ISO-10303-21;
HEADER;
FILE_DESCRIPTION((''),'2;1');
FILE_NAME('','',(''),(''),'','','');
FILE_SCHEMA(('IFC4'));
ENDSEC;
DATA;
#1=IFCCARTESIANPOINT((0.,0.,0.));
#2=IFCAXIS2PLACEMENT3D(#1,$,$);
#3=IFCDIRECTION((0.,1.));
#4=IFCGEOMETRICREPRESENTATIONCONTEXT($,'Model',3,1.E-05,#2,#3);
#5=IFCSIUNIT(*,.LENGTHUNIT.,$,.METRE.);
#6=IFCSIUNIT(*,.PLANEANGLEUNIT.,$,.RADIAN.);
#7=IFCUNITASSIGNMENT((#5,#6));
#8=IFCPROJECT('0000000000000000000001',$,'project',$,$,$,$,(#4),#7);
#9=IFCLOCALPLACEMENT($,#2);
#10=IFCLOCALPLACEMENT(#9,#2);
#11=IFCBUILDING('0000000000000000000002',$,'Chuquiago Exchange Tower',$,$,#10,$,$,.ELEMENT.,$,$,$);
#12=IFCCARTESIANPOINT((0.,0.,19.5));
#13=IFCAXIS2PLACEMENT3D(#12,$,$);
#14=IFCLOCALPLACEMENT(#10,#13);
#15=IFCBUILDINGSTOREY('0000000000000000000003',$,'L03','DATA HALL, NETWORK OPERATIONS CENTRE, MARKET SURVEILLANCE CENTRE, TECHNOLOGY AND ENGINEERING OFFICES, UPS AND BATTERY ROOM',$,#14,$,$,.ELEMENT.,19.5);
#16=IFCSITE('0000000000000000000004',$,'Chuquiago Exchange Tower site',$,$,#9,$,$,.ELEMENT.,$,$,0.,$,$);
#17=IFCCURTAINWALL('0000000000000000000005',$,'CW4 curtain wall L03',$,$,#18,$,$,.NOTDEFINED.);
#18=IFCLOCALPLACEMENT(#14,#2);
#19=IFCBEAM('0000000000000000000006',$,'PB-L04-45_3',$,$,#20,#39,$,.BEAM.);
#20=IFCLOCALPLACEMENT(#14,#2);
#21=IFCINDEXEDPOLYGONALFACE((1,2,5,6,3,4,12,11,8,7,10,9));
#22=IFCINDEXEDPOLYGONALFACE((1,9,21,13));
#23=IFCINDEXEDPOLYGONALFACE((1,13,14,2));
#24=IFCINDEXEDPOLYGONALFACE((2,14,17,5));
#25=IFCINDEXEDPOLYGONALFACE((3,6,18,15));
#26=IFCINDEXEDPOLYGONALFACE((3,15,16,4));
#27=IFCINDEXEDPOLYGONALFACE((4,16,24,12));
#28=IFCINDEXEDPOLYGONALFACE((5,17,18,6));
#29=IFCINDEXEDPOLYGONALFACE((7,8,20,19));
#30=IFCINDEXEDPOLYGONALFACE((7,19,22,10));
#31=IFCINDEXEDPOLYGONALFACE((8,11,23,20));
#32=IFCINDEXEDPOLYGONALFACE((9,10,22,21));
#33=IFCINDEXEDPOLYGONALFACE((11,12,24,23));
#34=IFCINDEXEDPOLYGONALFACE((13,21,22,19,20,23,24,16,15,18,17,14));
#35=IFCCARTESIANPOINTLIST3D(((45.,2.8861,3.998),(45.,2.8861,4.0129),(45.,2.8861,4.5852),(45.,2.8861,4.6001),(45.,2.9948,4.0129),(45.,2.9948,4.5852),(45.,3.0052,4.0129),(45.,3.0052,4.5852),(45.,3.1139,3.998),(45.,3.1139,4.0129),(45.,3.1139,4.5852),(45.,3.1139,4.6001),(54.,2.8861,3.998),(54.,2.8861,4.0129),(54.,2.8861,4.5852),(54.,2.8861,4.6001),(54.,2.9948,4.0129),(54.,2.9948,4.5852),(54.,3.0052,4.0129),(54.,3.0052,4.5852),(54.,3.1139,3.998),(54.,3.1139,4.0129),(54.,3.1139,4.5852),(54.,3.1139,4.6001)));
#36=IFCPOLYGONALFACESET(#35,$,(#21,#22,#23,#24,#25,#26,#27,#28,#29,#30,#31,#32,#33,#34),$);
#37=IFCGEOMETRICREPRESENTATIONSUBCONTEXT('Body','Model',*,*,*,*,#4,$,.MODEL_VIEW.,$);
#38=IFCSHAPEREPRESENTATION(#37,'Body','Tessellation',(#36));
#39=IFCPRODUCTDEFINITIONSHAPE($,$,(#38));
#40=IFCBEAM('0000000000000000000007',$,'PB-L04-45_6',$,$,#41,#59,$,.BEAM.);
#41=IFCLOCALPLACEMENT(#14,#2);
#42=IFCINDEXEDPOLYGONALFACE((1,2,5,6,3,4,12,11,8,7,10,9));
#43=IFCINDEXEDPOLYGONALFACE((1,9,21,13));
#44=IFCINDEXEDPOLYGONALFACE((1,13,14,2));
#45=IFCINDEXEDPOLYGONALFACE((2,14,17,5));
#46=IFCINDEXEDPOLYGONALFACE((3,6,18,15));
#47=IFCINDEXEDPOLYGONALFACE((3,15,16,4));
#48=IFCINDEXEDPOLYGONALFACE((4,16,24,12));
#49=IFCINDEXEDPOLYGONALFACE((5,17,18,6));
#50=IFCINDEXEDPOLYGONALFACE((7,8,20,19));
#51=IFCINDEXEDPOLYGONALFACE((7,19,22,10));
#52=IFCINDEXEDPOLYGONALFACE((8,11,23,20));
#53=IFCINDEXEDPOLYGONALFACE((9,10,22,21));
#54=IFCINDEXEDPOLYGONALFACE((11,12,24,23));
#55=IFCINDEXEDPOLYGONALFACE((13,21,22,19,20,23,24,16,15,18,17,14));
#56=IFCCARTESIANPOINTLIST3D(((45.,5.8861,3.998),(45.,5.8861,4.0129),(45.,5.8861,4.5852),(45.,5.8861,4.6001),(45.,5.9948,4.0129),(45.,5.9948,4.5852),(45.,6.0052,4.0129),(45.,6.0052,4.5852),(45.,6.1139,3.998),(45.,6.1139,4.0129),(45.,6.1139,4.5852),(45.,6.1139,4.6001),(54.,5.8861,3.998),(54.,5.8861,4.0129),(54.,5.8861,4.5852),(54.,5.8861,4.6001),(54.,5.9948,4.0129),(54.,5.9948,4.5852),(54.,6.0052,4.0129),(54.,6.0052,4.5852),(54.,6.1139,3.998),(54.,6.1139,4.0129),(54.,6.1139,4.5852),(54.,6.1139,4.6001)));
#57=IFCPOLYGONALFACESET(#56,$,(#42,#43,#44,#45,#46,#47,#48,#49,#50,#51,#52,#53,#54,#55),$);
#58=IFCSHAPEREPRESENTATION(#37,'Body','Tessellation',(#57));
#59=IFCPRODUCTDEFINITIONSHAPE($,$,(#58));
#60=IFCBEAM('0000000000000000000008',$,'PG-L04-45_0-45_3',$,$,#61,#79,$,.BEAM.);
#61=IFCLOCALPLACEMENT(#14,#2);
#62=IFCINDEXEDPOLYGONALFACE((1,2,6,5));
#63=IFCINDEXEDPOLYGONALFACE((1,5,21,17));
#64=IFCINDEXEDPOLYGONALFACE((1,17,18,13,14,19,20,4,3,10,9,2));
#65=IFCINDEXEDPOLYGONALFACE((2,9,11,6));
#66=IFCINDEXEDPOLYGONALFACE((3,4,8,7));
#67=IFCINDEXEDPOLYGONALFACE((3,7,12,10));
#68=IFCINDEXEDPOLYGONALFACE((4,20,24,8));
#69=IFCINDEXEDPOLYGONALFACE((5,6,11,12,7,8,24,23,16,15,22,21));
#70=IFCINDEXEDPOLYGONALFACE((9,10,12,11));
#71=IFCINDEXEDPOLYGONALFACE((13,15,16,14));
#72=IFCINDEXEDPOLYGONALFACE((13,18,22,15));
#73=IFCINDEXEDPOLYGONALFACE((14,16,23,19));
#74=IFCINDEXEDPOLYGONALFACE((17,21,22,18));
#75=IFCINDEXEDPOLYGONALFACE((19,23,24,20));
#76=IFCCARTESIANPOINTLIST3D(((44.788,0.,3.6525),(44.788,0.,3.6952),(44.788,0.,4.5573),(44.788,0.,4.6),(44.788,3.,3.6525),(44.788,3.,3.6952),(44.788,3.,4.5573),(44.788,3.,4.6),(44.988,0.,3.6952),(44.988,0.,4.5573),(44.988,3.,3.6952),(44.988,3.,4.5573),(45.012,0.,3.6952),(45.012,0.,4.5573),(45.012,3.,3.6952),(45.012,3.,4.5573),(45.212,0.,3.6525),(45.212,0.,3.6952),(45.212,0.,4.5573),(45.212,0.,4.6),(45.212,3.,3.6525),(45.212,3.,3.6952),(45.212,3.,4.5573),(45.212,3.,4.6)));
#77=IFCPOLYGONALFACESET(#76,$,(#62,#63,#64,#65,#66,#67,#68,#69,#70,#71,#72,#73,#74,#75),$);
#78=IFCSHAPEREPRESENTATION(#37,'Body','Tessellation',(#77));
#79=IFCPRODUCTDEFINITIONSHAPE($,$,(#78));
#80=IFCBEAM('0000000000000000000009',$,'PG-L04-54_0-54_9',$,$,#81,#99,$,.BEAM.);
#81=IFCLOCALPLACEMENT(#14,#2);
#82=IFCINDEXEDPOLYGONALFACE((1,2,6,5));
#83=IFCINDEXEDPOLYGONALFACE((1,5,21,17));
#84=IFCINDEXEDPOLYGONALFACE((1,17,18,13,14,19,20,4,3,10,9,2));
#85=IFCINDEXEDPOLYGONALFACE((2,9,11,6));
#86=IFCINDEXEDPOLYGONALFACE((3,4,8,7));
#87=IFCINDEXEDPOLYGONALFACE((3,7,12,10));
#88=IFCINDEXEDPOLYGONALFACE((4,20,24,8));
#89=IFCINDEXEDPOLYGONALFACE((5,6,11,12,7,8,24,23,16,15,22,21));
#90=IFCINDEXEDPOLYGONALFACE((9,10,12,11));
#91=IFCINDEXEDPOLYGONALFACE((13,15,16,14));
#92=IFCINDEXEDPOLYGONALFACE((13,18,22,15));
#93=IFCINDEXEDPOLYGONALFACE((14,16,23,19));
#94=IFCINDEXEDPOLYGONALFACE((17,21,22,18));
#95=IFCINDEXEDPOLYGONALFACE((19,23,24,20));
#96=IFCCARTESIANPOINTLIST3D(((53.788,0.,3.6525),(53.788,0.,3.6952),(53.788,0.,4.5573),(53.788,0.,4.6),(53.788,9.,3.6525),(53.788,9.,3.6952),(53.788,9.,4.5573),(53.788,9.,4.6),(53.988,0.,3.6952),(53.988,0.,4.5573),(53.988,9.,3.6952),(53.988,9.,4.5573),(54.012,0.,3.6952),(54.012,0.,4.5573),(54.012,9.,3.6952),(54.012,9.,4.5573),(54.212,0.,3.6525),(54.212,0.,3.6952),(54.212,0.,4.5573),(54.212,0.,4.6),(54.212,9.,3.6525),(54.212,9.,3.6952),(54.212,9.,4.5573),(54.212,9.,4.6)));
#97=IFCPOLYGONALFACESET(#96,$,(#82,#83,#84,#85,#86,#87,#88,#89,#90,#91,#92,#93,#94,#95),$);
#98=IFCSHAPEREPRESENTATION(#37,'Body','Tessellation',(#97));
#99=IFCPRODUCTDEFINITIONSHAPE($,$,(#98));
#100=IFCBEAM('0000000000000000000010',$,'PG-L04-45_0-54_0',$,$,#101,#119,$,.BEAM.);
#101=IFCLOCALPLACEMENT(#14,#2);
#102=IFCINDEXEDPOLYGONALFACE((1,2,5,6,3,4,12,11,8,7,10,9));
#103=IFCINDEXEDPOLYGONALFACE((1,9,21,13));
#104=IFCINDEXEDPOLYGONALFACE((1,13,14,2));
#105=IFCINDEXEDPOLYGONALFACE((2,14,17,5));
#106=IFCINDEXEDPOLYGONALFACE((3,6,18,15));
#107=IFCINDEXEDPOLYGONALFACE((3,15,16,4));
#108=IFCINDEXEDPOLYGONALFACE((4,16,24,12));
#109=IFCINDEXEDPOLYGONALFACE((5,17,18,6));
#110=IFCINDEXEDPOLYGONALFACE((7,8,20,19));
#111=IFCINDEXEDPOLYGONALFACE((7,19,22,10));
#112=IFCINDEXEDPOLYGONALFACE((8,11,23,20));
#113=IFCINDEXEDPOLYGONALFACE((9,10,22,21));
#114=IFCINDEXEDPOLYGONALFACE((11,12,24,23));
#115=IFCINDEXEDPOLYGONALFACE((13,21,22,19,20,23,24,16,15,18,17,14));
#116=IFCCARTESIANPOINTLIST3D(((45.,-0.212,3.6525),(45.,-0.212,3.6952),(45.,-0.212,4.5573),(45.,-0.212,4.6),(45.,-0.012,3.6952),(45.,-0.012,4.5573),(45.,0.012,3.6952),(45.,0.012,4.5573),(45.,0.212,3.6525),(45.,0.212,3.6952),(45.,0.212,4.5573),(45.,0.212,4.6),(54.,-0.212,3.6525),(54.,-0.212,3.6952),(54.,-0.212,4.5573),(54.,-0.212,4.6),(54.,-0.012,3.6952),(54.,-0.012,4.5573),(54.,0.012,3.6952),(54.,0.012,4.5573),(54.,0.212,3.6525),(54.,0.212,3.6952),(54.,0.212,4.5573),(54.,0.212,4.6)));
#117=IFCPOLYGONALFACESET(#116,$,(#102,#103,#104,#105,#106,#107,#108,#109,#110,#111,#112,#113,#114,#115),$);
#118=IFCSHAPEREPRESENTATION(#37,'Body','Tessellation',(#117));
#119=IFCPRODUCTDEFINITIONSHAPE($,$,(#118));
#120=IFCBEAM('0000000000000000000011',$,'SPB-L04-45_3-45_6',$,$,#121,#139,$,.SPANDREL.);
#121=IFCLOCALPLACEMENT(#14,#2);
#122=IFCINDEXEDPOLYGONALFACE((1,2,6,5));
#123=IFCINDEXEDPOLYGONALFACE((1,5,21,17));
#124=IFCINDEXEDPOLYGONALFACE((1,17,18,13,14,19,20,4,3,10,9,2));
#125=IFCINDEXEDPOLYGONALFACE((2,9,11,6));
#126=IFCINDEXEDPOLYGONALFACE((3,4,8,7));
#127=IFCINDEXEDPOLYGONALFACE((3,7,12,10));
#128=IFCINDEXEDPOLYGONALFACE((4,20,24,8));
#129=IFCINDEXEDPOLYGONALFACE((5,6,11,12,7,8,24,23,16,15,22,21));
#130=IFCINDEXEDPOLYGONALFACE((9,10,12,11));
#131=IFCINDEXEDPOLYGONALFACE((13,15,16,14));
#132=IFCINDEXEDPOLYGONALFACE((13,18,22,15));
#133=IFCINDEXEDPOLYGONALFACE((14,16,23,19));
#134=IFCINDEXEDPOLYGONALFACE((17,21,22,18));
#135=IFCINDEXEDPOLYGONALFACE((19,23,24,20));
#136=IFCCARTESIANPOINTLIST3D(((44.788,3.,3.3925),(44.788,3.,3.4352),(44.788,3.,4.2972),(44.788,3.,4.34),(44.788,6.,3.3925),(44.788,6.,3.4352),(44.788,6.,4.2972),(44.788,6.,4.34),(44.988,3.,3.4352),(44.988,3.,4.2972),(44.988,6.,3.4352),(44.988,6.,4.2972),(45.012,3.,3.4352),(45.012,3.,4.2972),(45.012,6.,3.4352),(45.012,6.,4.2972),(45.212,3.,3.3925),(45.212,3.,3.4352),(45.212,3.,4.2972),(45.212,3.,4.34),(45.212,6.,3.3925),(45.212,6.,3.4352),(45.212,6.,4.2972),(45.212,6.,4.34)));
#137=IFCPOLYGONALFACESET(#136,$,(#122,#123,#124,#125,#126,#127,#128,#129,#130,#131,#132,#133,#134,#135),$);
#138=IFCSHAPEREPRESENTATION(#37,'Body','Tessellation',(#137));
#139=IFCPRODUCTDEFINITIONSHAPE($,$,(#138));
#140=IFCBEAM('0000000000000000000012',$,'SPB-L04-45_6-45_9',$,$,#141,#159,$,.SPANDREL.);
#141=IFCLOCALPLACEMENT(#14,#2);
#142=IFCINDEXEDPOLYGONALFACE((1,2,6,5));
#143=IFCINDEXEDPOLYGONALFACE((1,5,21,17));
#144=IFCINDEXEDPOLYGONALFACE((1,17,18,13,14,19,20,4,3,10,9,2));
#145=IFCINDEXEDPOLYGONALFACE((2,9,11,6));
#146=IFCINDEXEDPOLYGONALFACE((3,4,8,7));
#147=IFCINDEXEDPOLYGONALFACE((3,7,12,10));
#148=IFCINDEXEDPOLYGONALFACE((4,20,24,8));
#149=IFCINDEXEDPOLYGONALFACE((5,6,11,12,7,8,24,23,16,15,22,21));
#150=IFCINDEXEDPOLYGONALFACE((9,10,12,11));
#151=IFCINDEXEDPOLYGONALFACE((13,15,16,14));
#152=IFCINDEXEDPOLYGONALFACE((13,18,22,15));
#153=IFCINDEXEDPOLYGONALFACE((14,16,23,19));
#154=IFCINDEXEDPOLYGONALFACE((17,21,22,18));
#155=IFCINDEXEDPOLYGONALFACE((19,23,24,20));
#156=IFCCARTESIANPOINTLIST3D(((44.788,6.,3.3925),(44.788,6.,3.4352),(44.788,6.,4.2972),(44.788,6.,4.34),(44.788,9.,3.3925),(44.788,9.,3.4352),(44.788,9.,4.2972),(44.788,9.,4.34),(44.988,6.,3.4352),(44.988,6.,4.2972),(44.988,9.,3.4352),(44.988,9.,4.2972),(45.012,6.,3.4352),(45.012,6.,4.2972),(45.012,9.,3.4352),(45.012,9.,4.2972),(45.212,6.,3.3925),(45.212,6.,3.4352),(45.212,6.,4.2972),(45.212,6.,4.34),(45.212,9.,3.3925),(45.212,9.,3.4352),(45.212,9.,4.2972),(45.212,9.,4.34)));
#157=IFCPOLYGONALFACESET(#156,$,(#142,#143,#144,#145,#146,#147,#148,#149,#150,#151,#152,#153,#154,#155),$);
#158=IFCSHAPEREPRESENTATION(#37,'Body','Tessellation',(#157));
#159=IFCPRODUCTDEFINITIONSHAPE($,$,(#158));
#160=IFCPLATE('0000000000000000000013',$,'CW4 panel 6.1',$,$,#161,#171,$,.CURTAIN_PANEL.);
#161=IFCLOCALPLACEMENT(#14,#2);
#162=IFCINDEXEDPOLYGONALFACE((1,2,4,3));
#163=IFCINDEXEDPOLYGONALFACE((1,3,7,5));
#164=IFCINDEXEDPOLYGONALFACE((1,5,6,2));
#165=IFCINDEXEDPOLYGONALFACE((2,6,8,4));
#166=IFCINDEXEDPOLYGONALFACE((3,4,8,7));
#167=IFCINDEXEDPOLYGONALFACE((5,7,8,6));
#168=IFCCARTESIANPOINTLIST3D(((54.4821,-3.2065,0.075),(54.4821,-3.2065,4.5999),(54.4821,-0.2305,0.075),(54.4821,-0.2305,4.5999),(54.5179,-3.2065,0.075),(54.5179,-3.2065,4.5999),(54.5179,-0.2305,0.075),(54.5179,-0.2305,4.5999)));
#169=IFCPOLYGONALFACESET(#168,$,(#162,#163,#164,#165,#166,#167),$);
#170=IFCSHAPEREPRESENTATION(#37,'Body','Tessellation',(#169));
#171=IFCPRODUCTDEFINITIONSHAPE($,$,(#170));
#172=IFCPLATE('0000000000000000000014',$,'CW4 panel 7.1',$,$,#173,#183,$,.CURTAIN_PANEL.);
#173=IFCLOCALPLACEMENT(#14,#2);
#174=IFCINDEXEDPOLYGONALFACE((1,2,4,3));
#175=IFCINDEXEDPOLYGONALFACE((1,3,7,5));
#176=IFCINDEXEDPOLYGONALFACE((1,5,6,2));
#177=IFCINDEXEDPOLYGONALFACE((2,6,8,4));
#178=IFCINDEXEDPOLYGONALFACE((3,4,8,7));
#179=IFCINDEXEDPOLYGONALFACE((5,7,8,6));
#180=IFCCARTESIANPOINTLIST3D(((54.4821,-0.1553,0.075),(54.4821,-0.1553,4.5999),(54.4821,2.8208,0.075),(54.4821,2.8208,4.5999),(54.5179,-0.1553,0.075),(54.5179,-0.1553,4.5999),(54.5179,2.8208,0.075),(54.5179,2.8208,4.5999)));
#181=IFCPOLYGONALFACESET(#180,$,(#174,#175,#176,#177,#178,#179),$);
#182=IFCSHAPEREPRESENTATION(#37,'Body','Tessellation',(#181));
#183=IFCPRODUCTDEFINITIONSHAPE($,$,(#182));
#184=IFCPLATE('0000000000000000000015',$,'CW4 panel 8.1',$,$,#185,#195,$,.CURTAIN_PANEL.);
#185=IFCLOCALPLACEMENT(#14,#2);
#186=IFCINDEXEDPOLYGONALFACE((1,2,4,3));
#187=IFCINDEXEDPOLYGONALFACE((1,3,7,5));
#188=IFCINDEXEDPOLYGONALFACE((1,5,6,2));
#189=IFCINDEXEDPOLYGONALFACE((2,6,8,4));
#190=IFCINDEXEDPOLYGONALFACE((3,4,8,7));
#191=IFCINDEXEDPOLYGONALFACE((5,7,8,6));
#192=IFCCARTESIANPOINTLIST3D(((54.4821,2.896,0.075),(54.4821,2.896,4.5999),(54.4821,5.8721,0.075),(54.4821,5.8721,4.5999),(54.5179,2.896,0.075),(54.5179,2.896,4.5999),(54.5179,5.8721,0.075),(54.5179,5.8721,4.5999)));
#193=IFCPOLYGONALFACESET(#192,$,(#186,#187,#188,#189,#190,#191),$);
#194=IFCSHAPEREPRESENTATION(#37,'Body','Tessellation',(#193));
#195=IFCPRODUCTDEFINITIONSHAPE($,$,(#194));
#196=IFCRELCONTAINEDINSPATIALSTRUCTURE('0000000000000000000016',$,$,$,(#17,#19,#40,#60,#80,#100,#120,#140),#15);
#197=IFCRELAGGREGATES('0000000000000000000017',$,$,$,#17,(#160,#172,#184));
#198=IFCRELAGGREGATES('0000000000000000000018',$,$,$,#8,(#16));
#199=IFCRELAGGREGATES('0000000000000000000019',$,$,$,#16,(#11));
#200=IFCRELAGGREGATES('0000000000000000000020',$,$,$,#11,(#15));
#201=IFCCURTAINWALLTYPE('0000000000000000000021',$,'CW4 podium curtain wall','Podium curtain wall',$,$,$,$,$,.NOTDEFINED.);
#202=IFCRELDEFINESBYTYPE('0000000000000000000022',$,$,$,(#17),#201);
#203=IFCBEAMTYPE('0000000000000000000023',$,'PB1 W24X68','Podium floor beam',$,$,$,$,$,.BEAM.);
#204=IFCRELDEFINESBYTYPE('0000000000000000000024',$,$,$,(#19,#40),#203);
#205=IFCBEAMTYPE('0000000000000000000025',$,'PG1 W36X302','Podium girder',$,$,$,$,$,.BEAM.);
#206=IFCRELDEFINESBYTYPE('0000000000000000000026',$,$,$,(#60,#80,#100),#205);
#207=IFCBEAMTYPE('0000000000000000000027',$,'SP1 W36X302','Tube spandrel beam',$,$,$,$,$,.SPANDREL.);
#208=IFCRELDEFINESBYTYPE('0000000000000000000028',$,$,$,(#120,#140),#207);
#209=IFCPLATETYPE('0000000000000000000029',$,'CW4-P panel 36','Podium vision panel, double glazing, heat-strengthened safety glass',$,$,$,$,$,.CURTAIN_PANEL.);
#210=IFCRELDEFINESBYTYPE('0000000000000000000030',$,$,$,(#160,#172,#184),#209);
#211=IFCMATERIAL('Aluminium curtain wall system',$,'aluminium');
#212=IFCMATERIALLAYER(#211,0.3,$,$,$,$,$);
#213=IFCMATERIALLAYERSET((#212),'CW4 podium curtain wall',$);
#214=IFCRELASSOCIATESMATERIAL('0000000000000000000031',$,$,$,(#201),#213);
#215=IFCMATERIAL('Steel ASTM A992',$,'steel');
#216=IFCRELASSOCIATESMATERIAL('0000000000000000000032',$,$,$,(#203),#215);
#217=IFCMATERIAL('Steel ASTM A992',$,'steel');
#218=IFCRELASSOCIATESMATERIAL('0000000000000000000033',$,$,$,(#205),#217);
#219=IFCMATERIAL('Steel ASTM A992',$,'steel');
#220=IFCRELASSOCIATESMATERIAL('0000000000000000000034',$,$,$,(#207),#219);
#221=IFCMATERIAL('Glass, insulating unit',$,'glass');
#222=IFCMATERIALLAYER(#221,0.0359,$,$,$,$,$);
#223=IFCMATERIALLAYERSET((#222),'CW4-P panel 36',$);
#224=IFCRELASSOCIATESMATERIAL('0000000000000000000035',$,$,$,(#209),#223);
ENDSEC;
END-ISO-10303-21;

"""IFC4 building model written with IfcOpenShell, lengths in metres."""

from ifc_helpers import new_model, si_unit, direction, frame, origin, origin_2d, place, context, subcontext, project, spatial, rectangle, i_section, extrude, material, layer, layer_set, material_profile, profile_set, type_object, element, aggregate, save


model = new_model("IFC4")

# Units and contexts
model_context = context("Model", 3, precision=1e-05, world=origin(), true_north=direction((0.0, 1.0)))
body_context = subcontext(model_context, "Body", "Model", "MODEL_VIEW")
ifc_project = project(units=[si_unit("LENGTHUNIT", "METRE"), si_unit("PLANEANGLEUNIT", "RADIAN")], contexts=[model_context])

# Site, building, storey
site_placement = place(None, origin())
site = spatial("IfcSite", under=ifc_project, at=site_placement, Name="Chuquiago Exchange Tower site", CompositionType="ELEMENT", RefElevation=0.0)
building_placement = place(site_placement, origin())
building = spatial("IfcBuilding", under=site, at=building_placement, Name="Chuquiago Exchange Tower", CompositionType="ELEMENT")
storey_placement = place(building_placement, frame((0.0, 0.0, 19.5)))
storey = spatial("IfcBuildingStorey", under=building, at=storey_placement, Name="L03", Description="DATA HALL, NETWORK OPERATIONS CENTRE, MARKET SURVEILLANCE CENTRE, TECHNOLOGY AND ENGINEERING OFFICES, UPS AND BATTERY ROOM", CompositionType="ELEMENT", Elevation=19.5)

# Curtain wall
ifc_material_1 = material(Name="Aluminium curtain wall system", Category="aluminium")
ifc_layer_1 = layer(ifc_material_1, 0.3)
ifc_layer_set_1 = layer_set([ifc_layer_1], Name="CW4 podium curtain wall")
curtain_wall_type = type_object("IfcCurtainWallType", Name="CW4 podium curtain wall", Description="Podium curtain wall", PredefinedType="NOTDEFINED", material=ifc_layer_set_1)
curtain_wall_placement = place(storey_placement, origin())
curtain_wall = element("IfcCurtainWall", 1, at=curtain_wall_placement, inside=storey, type_object=curtain_wall_type, Name="CW4 curtain wall L03", PredefinedType="NOTDEFINED")

# Beams
ifc_material_2 = material(Name="Steel ASTM A992", Category="steel")
ifc_material_profile_1 = material_profile(ifc_material_2, i_section(OverallWidth=0.2278, OverallDepth=0.6021, WebThickness=0.0105, FlangeThickness=0.0149, at=origin_2d()), Name="W24X68")
ifc_profile_set_1 = profile_set([ifc_material_profile_1], Name="Steel ASTM A992")
beam_type_1 = type_object("IfcBeamType", Name="PB1 W24X68", Description="Podium floor beam", PredefinedType="BEAM", material=ifc_profile_set_1)
for number, where, z_axis, x_axis, name in (
    (2, (45.0, 3.0, 4.2991), (1.0, 0.0, 0.0), (0.0, 1.0, 0.0), "PB-L04-45_3"),
    (3, (45.0, 6.0, 4.2991), (1.0, 0.0, 0.0), (0.0, 1.0, 0.0), "PB-L04-45_6"),
):
    element("IfcBeam", number, at=place(storey_placement, frame(where, z_axis=z_axis, x_axis=x_axis)), inside=storey, type_object=beam_type_1, Name=name, PredefinedType="BEAM", context=body_context, shape_type="SweptSolid", body=[
        extrude(i_section(OverallWidth=0.2278, OverallDepth=0.6021, WebThickness=0.0105, FlangeThickness=0.0149, at=origin_2d()), origin(), (0.0, 0.0, 1.0), 9.0),
    ])
ifc_material_3 = material(Name="Steel ASTM A992", Category="steel")
ifc_material_profile_2 = material_profile(ifc_material_3, i_section(OverallWidth=0.4241, OverallDepth=0.9475, WebThickness=0.0239, FlangeThickness=0.0427, at=origin_2d()), Name="W36X302")
ifc_profile_set_2 = profile_set([ifc_material_profile_2], Name="Steel ASTM A992")
beam_type_2 = type_object("IfcBeamType", Name="PG1 W36X302", Description="Podium girder", PredefinedType="BEAM", material=ifc_profile_set_2)
beam_placement = place(storey_placement, frame((45.0, 0.0, 4.1262), z_axis=(0.0, 1.0, 0.0), x_axis=(-1.0, 0.0, 0.0)))
element("IfcBeam", 4, at=beam_placement, inside=storey, type_object=beam_type_2, Name="PG-L04-45_0-45_3", PredefinedType="BEAM", context=body_context, shape_type="SweptSolid", body=[
    extrude(i_section(OverallWidth=0.4241, OverallDepth=0.9475, WebThickness=0.0239, FlangeThickness=0.0427, at=origin_2d()), origin(), (0.0, 0.0, 1.0), 3.0),
])
for number, where, z_axis, x_axis, name in (
    (5, (54.0, 0.0, 4.1262), (0.0, 1.0, 0.0), (-1.0, 0.0, 0.0), "PG-L04-54_0-54_9"),
    (6, (45.0, 0.0, 4.1262), (1.0, 0.0, 0.0), (0.0, 1.0, 0.0), "PG-L04-45_0-54_0"),
):
    element("IfcBeam", number, at=place(storey_placement, frame(where, z_axis=z_axis, x_axis=x_axis)), inside=storey, type_object=beam_type_2, Name=name, PredefinedType="BEAM", context=body_context, shape_type="SweptSolid", body=[
        extrude(i_section(OverallWidth=0.4241, OverallDepth=0.9475, WebThickness=0.0239, FlangeThickness=0.0427, at=origin_2d()), origin(), (0.0, 0.0, 1.0), 9.0),
    ])
ifc_material_4 = material(Name="Steel ASTM A992", Category="steel")
ifc_material_profile_3 = material_profile(ifc_material_4, i_section(OverallWidth=0.4241, OverallDepth=0.9475, WebThickness=0.0239, FlangeThickness=0.0427, at=origin_2d()), Name="W36X302")
ifc_profile_set_3 = profile_set([ifc_material_profile_3], Name="Steel ASTM A992")
beam_type_3 = type_object("IfcBeamType", Name="SP1 W36X302", Description="Tube spandrel beam", PredefinedType="SPANDREL", material=ifc_profile_set_3)
for number, where, z_axis, x_axis, name in (
    (7, (45.0, 3.0, 3.8662), (0.0, 1.0, 0.0), (-1.0, 0.0, 0.0), "SPB-L04-45_3-45_6"),
    (8, (45.0, 6.0, 3.8662), (0.0, 1.0, 0.0), (-1.0, 0.0, 0.0), "SPB-L04-45_6-45_9"),
):
    element("IfcBeam", number, at=place(storey_placement, frame(where, z_axis=z_axis, x_axis=x_axis)), inside=storey, type_object=beam_type_3, Name=name, PredefinedType="SPANDREL", context=body_context, shape_type="SweptSolid", body=[
        extrude(i_section(OverallWidth=0.4241, OverallDepth=0.9475, WebThickness=0.0239, FlangeThickness=0.0427, at=origin_2d()), origin(), (0.0, 0.0, 1.0), 3.0),
    ])

# Plates
ifc_material_5 = material(Name="Glass, insulating unit", Category="glass")
ifc_layer_2 = layer(ifc_material_5, 0.0359)
ifc_layer_set_2 = layer_set([ifc_layer_2], Name="CW4-P panel 36")
plate_type = type_object("IfcPlateType", Name="CW4-P panel 36", Description="Podium vision panel, double glazing, heat-strengthened safety glass", PredefinedType="CURTAIN_PANEL", material=ifc_layer_set_2)
plate_1_placement = place(storey_placement, frame((54.5, -1.7185, 0.075), z_axis=(0.0, 0.0, 1.0), x_axis=(0.0, 1.0, 0.0)))
plate_1 = element("IfcPlate", 9, at=plate_1_placement, type_object=plate_type, Name="CW4 panel 6.1", PredefinedType="CURTAIN_PANEL", context=body_context, shape_type="SweptSolid", body=[
    extrude(rectangle(XDim=2.9761, YDim=0.0359, at=origin_2d()), origin(), (0.0, 0.0, 1.0), 4.5249),
])
plate_2_placement = place(storey_placement, frame((54.5, 1.3328, 0.075), z_axis=(0.0, 0.0, 1.0), x_axis=(0.0, 1.0, 0.0)))
plate_2 = element("IfcPlate", 10, at=plate_2_placement, type_object=plate_type, Name="CW4 panel 7.1", PredefinedType="CURTAIN_PANEL", context=body_context, shape_type="SweptSolid", body=[
    extrude(rectangle(XDim=2.9761, YDim=0.0359, at=origin_2d()), origin(), (0.0, 0.0, 1.0), 4.5249),
])
plate_3_placement = place(storey_placement, frame((54.5, 4.384, 0.075), z_axis=(0.0, 0.0, 1.0), x_axis=(0.0, 1.0, 0.0)))
plate_3 = element("IfcPlate", 11, at=plate_3_placement, type_object=plate_type, Name="CW4 panel 8.1", PredefinedType="CURTAIN_PANEL", context=body_context, shape_type="SweptSolid", body=[
    extrude(rectangle(XDim=2.9761, YDim=0.0359, at=origin_2d()), origin(), (0.0, 0.0, 1.0), 4.5249),
])
aggregate(curtain_wall, [plate_1, plate_2, plate_3])

save(model, "model.ifc")
